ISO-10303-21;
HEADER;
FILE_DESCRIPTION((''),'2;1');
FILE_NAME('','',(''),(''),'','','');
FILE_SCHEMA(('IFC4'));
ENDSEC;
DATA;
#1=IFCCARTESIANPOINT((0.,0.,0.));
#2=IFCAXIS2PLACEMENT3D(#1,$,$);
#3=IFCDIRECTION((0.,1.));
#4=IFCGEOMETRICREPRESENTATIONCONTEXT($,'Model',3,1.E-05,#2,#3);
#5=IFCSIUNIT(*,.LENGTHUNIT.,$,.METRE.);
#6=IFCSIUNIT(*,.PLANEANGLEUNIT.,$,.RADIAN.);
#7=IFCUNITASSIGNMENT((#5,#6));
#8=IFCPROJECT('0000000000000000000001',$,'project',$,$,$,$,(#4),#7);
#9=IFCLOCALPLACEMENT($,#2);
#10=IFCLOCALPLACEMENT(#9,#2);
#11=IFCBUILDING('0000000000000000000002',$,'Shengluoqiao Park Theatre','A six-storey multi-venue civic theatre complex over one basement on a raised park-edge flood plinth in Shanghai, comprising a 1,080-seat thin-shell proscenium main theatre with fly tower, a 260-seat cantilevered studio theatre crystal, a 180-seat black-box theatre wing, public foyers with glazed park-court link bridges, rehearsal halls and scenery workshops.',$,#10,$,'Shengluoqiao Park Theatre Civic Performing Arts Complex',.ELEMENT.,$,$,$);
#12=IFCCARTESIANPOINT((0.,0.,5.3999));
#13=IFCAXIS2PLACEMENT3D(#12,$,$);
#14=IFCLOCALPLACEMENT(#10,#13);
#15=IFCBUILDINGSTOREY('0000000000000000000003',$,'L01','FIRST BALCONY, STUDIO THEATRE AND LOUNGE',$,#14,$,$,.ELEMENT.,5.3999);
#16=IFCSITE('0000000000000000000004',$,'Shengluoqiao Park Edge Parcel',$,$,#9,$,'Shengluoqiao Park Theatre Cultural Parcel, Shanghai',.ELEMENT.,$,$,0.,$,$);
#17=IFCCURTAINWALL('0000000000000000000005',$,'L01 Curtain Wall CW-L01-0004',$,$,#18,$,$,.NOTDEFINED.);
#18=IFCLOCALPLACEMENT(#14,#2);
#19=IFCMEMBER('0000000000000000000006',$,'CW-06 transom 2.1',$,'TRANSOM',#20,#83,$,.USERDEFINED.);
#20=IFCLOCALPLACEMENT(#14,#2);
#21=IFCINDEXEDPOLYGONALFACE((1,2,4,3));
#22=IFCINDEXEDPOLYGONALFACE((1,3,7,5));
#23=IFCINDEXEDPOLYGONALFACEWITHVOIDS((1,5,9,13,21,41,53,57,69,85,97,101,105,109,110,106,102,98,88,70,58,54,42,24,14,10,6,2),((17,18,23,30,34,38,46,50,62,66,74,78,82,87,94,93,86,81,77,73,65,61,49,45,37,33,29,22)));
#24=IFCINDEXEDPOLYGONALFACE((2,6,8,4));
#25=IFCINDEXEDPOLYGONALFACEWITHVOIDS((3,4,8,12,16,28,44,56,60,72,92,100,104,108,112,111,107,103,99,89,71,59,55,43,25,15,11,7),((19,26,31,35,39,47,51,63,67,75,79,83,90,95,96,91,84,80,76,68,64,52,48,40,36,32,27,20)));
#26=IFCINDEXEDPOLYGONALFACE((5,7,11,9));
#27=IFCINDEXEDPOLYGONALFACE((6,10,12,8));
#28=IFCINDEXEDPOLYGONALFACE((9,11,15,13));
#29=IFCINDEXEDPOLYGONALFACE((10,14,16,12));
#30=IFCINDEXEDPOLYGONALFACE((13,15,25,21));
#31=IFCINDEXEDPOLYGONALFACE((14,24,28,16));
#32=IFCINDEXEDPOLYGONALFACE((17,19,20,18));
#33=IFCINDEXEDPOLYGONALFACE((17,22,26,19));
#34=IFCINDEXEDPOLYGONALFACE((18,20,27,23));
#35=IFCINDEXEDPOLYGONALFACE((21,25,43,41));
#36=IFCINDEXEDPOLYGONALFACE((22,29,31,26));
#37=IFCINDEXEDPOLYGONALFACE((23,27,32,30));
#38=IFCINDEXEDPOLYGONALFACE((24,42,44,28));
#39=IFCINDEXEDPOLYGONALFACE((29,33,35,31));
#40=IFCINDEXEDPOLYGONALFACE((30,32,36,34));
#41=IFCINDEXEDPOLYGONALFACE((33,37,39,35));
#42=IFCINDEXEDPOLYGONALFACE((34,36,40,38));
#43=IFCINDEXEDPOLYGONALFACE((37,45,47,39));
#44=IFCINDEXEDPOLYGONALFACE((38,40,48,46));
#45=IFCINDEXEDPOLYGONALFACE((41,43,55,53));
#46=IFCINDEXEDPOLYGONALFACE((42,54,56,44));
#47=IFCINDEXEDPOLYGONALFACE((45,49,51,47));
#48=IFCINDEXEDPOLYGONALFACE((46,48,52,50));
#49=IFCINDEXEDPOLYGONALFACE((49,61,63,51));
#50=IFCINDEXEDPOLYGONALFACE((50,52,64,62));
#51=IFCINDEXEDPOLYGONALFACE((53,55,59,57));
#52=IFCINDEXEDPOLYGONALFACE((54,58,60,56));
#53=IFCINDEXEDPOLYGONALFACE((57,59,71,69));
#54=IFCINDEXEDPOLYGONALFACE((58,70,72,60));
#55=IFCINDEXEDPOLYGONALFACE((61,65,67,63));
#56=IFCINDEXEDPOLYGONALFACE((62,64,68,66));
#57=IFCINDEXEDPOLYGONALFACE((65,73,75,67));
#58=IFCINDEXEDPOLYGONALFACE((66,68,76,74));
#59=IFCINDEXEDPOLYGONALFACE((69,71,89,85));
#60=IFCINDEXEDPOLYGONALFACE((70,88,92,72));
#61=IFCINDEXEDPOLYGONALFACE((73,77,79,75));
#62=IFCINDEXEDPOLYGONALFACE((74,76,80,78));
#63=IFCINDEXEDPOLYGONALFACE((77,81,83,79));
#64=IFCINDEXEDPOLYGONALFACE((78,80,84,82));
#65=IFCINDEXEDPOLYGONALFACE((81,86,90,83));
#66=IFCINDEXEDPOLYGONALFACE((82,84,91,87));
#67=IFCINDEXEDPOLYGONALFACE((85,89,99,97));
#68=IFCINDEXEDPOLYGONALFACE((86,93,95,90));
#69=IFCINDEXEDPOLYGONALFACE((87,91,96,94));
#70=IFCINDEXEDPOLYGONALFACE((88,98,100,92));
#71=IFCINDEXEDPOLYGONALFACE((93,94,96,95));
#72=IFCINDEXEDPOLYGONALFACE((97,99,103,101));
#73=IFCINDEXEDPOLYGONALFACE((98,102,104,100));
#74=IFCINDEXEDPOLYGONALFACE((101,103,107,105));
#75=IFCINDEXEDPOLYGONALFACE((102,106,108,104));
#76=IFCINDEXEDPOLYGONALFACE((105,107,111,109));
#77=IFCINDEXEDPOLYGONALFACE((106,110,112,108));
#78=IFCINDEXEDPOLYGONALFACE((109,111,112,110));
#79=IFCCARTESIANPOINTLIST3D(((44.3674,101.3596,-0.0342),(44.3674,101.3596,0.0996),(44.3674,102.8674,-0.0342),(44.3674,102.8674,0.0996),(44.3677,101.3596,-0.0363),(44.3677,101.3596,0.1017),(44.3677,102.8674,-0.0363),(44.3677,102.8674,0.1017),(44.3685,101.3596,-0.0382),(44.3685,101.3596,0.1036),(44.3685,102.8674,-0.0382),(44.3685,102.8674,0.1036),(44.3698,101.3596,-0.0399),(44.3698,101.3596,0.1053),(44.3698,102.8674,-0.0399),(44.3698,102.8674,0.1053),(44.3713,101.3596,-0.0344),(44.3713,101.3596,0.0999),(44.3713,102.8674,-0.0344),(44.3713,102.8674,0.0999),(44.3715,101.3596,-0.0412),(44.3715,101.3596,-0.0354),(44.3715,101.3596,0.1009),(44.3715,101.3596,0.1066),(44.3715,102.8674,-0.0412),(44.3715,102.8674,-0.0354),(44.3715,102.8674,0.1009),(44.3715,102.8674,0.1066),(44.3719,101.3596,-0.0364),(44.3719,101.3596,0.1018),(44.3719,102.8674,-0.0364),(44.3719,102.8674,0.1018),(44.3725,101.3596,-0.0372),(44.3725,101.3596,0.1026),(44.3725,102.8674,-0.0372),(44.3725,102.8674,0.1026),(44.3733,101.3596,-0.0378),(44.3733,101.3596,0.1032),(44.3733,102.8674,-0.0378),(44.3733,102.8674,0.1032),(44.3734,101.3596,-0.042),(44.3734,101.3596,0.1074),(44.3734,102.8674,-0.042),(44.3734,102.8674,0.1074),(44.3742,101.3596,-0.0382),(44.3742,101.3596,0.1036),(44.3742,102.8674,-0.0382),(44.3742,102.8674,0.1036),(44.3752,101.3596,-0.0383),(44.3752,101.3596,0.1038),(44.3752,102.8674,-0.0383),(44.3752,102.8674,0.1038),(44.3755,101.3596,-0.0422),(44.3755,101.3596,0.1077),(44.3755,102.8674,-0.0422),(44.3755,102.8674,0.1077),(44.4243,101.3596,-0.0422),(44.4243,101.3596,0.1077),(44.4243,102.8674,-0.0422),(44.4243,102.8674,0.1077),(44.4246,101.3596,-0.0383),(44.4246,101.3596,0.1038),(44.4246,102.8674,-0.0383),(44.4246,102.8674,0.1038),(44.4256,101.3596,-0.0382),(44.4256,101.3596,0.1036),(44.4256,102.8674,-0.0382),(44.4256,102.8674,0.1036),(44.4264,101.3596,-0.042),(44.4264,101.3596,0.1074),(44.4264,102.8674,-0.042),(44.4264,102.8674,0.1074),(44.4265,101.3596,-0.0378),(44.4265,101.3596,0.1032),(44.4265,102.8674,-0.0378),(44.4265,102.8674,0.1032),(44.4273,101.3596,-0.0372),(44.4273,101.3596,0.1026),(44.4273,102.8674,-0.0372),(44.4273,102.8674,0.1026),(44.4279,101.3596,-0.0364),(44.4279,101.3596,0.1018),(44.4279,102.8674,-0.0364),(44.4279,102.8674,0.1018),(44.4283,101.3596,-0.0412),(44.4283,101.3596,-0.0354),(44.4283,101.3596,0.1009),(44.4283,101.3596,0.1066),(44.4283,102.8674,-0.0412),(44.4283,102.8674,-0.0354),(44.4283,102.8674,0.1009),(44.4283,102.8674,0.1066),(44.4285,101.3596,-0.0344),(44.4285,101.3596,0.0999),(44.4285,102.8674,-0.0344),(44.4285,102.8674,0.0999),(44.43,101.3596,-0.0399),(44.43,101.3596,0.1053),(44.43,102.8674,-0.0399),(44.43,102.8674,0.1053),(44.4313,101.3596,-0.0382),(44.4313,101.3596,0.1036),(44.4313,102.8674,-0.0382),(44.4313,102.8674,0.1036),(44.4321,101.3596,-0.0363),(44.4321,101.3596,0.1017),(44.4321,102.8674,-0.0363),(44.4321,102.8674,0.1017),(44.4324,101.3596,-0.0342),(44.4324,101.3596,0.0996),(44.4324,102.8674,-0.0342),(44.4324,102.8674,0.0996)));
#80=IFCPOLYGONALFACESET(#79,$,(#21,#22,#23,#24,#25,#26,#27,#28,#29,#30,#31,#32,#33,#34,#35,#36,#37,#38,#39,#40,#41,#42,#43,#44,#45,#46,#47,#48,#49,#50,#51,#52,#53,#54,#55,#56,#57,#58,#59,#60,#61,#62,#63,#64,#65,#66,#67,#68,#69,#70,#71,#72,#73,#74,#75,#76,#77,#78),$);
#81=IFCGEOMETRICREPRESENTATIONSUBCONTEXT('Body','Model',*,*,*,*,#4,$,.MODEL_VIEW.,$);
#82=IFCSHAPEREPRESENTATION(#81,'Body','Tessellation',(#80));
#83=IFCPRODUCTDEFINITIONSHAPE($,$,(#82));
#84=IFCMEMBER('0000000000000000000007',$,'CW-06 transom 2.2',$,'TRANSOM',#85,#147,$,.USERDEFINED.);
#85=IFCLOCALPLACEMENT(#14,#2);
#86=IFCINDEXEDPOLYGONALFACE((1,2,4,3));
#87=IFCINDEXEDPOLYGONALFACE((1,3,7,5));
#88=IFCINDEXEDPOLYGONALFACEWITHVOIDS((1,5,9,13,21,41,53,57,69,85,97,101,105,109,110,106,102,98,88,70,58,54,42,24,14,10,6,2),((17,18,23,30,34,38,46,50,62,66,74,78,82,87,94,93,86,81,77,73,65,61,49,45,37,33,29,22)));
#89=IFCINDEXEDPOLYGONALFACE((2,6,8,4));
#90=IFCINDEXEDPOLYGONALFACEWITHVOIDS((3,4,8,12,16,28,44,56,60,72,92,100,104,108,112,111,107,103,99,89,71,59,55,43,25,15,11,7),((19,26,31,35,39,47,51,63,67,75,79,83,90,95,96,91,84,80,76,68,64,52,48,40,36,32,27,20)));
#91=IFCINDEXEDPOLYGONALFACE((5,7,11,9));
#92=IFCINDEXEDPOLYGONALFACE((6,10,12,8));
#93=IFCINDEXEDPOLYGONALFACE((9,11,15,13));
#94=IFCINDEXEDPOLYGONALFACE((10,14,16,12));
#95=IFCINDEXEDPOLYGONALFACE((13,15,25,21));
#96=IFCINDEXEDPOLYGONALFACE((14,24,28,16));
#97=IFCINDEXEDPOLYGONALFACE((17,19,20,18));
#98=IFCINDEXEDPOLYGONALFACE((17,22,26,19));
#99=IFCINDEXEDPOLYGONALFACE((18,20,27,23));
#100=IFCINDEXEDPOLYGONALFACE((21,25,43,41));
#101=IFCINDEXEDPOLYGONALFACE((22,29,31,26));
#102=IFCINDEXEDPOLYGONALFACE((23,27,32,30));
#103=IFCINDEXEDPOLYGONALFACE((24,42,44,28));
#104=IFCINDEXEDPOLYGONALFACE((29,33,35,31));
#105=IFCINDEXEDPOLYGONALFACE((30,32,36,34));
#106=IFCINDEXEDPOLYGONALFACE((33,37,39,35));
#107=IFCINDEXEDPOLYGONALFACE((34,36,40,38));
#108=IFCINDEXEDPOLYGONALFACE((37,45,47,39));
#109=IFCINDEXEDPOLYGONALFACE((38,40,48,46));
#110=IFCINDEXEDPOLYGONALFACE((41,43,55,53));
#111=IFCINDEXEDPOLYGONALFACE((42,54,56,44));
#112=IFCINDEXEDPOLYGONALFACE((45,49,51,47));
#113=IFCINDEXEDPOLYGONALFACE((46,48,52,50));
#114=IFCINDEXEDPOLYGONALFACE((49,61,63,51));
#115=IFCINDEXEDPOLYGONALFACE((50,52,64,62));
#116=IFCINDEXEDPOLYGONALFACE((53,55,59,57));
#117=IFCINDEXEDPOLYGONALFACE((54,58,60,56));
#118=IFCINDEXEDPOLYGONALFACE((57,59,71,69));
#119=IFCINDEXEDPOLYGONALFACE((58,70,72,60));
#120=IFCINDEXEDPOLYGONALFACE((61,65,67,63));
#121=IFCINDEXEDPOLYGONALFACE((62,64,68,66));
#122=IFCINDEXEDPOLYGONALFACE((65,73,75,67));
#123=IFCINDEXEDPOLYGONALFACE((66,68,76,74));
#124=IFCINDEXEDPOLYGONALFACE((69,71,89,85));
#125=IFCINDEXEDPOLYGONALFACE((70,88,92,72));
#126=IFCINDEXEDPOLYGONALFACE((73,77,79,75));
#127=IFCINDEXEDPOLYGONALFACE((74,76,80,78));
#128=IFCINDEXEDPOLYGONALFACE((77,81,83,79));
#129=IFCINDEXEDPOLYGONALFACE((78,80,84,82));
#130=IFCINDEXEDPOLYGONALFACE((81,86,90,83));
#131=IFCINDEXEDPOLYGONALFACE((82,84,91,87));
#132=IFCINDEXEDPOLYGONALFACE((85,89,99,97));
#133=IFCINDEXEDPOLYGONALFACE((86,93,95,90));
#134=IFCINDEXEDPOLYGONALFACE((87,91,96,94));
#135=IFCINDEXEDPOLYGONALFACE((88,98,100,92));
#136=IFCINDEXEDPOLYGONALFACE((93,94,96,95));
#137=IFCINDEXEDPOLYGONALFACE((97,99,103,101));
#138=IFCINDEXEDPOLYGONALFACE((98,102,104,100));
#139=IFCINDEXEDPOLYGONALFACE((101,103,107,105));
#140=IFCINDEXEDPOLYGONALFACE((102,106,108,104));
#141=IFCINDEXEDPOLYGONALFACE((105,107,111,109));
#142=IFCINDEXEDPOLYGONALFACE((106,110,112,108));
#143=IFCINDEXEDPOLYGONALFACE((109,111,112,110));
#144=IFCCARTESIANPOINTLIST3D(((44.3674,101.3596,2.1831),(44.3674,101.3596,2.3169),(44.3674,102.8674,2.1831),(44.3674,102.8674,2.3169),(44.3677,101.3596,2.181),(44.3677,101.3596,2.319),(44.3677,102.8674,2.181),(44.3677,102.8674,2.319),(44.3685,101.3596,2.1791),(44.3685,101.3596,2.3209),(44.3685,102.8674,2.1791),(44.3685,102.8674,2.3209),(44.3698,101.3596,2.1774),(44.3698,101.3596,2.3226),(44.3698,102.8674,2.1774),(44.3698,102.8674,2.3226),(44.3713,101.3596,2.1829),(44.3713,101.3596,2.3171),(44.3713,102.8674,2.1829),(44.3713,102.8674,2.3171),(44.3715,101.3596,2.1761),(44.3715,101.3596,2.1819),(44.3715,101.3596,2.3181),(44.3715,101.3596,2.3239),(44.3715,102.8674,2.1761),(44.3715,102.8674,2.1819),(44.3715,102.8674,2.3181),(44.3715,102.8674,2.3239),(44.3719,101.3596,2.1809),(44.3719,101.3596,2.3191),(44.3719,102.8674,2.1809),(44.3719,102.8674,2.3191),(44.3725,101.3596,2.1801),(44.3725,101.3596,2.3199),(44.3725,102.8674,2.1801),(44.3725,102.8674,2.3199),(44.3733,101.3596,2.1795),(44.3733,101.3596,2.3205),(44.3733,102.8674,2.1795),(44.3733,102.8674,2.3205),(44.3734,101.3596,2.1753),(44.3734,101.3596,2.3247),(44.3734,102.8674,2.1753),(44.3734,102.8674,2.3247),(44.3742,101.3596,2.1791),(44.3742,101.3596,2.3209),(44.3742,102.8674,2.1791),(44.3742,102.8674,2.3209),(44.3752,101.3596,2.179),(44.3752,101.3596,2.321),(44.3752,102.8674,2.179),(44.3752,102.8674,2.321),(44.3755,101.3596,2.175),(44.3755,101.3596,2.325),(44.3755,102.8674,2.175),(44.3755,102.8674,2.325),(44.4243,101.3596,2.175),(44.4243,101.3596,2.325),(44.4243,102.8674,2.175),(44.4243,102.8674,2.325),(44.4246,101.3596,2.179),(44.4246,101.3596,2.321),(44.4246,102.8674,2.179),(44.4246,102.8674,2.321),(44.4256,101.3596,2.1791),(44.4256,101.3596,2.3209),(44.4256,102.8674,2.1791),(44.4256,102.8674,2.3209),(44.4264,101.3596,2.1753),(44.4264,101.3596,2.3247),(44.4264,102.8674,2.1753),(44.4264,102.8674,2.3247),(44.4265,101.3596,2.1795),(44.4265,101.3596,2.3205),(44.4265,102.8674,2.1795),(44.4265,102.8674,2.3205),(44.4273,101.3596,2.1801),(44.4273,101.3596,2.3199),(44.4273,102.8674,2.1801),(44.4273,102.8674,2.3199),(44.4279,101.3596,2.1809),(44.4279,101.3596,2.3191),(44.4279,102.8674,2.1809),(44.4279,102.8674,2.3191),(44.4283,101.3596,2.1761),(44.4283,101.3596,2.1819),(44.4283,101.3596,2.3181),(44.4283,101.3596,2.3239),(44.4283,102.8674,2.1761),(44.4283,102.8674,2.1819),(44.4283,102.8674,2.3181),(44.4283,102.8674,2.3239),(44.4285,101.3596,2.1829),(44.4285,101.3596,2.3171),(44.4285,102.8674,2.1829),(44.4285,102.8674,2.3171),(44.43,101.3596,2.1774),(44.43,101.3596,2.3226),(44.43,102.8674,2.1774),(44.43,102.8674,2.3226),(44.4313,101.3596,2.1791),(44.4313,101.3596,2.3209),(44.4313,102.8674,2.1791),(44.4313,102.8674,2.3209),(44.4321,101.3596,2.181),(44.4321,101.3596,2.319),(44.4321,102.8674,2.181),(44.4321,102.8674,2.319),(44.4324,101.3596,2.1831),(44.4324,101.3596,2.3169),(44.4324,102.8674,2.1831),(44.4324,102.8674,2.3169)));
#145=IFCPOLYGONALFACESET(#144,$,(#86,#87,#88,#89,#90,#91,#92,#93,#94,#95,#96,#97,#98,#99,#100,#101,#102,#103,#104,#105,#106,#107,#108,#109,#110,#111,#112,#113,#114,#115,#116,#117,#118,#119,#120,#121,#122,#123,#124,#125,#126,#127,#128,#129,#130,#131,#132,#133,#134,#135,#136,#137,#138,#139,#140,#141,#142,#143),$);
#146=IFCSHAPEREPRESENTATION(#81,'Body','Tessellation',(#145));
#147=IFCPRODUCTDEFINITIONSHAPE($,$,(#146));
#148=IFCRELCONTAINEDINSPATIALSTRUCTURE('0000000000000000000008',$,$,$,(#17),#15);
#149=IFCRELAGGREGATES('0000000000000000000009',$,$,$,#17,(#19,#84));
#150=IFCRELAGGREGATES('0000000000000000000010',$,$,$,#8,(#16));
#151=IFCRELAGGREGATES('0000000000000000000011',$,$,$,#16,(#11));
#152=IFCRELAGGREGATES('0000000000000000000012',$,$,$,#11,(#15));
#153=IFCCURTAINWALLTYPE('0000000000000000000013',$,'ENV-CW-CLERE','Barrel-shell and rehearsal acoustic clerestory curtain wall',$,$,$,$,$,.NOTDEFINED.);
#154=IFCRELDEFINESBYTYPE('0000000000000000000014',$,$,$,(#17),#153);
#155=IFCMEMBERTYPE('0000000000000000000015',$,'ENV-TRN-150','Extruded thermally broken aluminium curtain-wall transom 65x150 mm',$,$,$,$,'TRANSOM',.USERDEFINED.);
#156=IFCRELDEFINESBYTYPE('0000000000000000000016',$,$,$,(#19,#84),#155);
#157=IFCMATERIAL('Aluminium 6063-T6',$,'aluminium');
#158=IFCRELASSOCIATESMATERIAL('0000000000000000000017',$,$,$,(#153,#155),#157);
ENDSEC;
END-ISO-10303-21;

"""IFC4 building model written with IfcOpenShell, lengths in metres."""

from ifc_helpers import new_model, si_unit, direction, frame, origin, origin_2d, place, context, subcontext, project, spatial, hollow_rectangle, extrude, material, material_profile, profile_set, type_object, element, aggregate, save


model = new_model("IFC4")

# Units and contexts
model_context = context("Model", 3, precision=1e-05, world=origin(), true_north=direction((0.0, 1.0)))
body_context = subcontext(model_context, "Body", "Model", "MODEL_VIEW")
ifc_project = project(units=[si_unit("LENGTHUNIT", "METRE"), si_unit("PLANEANGLEUNIT", "RADIAN")], contexts=[model_context])

# Site, building, storey
site_placement = place(None, origin())
site = spatial("IfcSite", under=ifc_project, at=site_placement, Name="Shengluoqiao Park Edge Parcel", LongName="Shengluoqiao Park Theatre Cultural Parcel, Shanghai", CompositionType="ELEMENT", RefElevation=0.0)
building_placement = place(site_placement, origin())
building = spatial("IfcBuilding", under=site, at=building_placement, Name="Shengluoqiao Park Theatre", Description="A six-storey multi-venue civic theatre complex over one basement on a raised park-edge flood plinth in Shanghai, comprising a 1,080-seat thin-shell proscenium main theatre with fly tower, a 260-seat cantilevered studio theatre crystal, a 180-seat black-box theatre wing, public foyers with glazed park-court link bridges, rehearsal halls and scenery workshops.", LongName="Shengluoqiao Park Theatre Civic Performing Arts Complex", CompositionType="ELEMENT")
storey_placement = place(building_placement, frame((0.0, 0.0, 5.3999)))
storey = spatial("IfcBuildingStorey", under=building, at=storey_placement, Name="L01", Description="FIRST BALCONY, STUDIO THEATRE AND LOUNGE", CompositionType="ELEMENT", Elevation=5.3999)

# Curtain wall, members
ifc_material_1 = material(Name="Aluminium 6063-T6", Category="aluminium")
curtain_wall_type = type_object("IfcCurtainWallType", Name="ENV-CW-CLERE", Description="Barrel-shell and rehearsal acoustic clerestory curtain wall", PredefinedType="NOTDEFINED", material=ifc_material_1)
curtain_wall_placement = place(storey_placement, origin())
curtain_wall = element("IfcCurtainWall", 1, at=curtain_wall_placement, inside=storey, type_object=curtain_wall_type, Name="L01 Curtain Wall CW-L01-0004", PredefinedType="NOTDEFINED")
ifc_material_profile_1 = material_profile(ifc_material_1, hollow_rectangle(XDim=0.0649, YDim=0.1499, WallThickness=0.0039, InnerFilletRadius=0.0039, OuterFilletRadius=0.0081, at=origin_2d()), Name="ALU TRANSOM 150x65x4")
ifc_profile_set_1 = profile_set([ifc_material_profile_1], Name="Aluminium 6063-T6")
member_type_1 = type_object("IfcMemberType", Name="ENV-TRN-150", Description="Extruded thermally broken aluminium curtain-wall transom 65x150 mm", ElementType="TRANSOM", PredefinedType="USERDEFINED", material=ifc_profile_set_1)
member_1_placement = place(storey_placement, frame((44.3999, 101.3596, 0.0327), z_axis=(0.0, 1.0, 0.0), x_axis=(-1.0, 0.0, 0.0)))
member_1 = element("IfcMember", 2, at=member_1_placement, type_object=member_type_1, Name="CW-06 transom 2.1", ObjectType="TRANSOM", PredefinedType="USERDEFINED", context=body_context, shape_type="SweptSolid", body=[
    extrude(hollow_rectangle(XDim=0.0649, YDim=0.1499, WallThickness=0.0039, InnerFilletRadius=0.0039, OuterFilletRadius=0.0081, at=origin_2d()), origin(), (0.0, 0.0, 1.0), 1.5078),
])
member_2_placement = place(storey_placement, frame((44.3999, 101.3596, 2.25), z_axis=(0.0, 1.0, 0.0), x_axis=(-1.0, 0.0, 0.0)))
member_2 = element("IfcMember", 3, at=member_2_placement, type_object=member_type_1, Name="CW-06 transom 2.2", ObjectType="TRANSOM", PredefinedType="USERDEFINED", context=body_context, shape_type="SweptSolid", body=[
    extrude(hollow_rectangle(XDim=0.0649, YDim=0.1499, WallThickness=0.0039, InnerFilletRadius=0.0039, OuterFilletRadius=0.0081, at=origin_2d()), origin(), (0.0, 0.0, 1.0), 1.5078),
])

aggregate(curtain_wall, [member_1, member_2])

save(model, "model.ifc")
